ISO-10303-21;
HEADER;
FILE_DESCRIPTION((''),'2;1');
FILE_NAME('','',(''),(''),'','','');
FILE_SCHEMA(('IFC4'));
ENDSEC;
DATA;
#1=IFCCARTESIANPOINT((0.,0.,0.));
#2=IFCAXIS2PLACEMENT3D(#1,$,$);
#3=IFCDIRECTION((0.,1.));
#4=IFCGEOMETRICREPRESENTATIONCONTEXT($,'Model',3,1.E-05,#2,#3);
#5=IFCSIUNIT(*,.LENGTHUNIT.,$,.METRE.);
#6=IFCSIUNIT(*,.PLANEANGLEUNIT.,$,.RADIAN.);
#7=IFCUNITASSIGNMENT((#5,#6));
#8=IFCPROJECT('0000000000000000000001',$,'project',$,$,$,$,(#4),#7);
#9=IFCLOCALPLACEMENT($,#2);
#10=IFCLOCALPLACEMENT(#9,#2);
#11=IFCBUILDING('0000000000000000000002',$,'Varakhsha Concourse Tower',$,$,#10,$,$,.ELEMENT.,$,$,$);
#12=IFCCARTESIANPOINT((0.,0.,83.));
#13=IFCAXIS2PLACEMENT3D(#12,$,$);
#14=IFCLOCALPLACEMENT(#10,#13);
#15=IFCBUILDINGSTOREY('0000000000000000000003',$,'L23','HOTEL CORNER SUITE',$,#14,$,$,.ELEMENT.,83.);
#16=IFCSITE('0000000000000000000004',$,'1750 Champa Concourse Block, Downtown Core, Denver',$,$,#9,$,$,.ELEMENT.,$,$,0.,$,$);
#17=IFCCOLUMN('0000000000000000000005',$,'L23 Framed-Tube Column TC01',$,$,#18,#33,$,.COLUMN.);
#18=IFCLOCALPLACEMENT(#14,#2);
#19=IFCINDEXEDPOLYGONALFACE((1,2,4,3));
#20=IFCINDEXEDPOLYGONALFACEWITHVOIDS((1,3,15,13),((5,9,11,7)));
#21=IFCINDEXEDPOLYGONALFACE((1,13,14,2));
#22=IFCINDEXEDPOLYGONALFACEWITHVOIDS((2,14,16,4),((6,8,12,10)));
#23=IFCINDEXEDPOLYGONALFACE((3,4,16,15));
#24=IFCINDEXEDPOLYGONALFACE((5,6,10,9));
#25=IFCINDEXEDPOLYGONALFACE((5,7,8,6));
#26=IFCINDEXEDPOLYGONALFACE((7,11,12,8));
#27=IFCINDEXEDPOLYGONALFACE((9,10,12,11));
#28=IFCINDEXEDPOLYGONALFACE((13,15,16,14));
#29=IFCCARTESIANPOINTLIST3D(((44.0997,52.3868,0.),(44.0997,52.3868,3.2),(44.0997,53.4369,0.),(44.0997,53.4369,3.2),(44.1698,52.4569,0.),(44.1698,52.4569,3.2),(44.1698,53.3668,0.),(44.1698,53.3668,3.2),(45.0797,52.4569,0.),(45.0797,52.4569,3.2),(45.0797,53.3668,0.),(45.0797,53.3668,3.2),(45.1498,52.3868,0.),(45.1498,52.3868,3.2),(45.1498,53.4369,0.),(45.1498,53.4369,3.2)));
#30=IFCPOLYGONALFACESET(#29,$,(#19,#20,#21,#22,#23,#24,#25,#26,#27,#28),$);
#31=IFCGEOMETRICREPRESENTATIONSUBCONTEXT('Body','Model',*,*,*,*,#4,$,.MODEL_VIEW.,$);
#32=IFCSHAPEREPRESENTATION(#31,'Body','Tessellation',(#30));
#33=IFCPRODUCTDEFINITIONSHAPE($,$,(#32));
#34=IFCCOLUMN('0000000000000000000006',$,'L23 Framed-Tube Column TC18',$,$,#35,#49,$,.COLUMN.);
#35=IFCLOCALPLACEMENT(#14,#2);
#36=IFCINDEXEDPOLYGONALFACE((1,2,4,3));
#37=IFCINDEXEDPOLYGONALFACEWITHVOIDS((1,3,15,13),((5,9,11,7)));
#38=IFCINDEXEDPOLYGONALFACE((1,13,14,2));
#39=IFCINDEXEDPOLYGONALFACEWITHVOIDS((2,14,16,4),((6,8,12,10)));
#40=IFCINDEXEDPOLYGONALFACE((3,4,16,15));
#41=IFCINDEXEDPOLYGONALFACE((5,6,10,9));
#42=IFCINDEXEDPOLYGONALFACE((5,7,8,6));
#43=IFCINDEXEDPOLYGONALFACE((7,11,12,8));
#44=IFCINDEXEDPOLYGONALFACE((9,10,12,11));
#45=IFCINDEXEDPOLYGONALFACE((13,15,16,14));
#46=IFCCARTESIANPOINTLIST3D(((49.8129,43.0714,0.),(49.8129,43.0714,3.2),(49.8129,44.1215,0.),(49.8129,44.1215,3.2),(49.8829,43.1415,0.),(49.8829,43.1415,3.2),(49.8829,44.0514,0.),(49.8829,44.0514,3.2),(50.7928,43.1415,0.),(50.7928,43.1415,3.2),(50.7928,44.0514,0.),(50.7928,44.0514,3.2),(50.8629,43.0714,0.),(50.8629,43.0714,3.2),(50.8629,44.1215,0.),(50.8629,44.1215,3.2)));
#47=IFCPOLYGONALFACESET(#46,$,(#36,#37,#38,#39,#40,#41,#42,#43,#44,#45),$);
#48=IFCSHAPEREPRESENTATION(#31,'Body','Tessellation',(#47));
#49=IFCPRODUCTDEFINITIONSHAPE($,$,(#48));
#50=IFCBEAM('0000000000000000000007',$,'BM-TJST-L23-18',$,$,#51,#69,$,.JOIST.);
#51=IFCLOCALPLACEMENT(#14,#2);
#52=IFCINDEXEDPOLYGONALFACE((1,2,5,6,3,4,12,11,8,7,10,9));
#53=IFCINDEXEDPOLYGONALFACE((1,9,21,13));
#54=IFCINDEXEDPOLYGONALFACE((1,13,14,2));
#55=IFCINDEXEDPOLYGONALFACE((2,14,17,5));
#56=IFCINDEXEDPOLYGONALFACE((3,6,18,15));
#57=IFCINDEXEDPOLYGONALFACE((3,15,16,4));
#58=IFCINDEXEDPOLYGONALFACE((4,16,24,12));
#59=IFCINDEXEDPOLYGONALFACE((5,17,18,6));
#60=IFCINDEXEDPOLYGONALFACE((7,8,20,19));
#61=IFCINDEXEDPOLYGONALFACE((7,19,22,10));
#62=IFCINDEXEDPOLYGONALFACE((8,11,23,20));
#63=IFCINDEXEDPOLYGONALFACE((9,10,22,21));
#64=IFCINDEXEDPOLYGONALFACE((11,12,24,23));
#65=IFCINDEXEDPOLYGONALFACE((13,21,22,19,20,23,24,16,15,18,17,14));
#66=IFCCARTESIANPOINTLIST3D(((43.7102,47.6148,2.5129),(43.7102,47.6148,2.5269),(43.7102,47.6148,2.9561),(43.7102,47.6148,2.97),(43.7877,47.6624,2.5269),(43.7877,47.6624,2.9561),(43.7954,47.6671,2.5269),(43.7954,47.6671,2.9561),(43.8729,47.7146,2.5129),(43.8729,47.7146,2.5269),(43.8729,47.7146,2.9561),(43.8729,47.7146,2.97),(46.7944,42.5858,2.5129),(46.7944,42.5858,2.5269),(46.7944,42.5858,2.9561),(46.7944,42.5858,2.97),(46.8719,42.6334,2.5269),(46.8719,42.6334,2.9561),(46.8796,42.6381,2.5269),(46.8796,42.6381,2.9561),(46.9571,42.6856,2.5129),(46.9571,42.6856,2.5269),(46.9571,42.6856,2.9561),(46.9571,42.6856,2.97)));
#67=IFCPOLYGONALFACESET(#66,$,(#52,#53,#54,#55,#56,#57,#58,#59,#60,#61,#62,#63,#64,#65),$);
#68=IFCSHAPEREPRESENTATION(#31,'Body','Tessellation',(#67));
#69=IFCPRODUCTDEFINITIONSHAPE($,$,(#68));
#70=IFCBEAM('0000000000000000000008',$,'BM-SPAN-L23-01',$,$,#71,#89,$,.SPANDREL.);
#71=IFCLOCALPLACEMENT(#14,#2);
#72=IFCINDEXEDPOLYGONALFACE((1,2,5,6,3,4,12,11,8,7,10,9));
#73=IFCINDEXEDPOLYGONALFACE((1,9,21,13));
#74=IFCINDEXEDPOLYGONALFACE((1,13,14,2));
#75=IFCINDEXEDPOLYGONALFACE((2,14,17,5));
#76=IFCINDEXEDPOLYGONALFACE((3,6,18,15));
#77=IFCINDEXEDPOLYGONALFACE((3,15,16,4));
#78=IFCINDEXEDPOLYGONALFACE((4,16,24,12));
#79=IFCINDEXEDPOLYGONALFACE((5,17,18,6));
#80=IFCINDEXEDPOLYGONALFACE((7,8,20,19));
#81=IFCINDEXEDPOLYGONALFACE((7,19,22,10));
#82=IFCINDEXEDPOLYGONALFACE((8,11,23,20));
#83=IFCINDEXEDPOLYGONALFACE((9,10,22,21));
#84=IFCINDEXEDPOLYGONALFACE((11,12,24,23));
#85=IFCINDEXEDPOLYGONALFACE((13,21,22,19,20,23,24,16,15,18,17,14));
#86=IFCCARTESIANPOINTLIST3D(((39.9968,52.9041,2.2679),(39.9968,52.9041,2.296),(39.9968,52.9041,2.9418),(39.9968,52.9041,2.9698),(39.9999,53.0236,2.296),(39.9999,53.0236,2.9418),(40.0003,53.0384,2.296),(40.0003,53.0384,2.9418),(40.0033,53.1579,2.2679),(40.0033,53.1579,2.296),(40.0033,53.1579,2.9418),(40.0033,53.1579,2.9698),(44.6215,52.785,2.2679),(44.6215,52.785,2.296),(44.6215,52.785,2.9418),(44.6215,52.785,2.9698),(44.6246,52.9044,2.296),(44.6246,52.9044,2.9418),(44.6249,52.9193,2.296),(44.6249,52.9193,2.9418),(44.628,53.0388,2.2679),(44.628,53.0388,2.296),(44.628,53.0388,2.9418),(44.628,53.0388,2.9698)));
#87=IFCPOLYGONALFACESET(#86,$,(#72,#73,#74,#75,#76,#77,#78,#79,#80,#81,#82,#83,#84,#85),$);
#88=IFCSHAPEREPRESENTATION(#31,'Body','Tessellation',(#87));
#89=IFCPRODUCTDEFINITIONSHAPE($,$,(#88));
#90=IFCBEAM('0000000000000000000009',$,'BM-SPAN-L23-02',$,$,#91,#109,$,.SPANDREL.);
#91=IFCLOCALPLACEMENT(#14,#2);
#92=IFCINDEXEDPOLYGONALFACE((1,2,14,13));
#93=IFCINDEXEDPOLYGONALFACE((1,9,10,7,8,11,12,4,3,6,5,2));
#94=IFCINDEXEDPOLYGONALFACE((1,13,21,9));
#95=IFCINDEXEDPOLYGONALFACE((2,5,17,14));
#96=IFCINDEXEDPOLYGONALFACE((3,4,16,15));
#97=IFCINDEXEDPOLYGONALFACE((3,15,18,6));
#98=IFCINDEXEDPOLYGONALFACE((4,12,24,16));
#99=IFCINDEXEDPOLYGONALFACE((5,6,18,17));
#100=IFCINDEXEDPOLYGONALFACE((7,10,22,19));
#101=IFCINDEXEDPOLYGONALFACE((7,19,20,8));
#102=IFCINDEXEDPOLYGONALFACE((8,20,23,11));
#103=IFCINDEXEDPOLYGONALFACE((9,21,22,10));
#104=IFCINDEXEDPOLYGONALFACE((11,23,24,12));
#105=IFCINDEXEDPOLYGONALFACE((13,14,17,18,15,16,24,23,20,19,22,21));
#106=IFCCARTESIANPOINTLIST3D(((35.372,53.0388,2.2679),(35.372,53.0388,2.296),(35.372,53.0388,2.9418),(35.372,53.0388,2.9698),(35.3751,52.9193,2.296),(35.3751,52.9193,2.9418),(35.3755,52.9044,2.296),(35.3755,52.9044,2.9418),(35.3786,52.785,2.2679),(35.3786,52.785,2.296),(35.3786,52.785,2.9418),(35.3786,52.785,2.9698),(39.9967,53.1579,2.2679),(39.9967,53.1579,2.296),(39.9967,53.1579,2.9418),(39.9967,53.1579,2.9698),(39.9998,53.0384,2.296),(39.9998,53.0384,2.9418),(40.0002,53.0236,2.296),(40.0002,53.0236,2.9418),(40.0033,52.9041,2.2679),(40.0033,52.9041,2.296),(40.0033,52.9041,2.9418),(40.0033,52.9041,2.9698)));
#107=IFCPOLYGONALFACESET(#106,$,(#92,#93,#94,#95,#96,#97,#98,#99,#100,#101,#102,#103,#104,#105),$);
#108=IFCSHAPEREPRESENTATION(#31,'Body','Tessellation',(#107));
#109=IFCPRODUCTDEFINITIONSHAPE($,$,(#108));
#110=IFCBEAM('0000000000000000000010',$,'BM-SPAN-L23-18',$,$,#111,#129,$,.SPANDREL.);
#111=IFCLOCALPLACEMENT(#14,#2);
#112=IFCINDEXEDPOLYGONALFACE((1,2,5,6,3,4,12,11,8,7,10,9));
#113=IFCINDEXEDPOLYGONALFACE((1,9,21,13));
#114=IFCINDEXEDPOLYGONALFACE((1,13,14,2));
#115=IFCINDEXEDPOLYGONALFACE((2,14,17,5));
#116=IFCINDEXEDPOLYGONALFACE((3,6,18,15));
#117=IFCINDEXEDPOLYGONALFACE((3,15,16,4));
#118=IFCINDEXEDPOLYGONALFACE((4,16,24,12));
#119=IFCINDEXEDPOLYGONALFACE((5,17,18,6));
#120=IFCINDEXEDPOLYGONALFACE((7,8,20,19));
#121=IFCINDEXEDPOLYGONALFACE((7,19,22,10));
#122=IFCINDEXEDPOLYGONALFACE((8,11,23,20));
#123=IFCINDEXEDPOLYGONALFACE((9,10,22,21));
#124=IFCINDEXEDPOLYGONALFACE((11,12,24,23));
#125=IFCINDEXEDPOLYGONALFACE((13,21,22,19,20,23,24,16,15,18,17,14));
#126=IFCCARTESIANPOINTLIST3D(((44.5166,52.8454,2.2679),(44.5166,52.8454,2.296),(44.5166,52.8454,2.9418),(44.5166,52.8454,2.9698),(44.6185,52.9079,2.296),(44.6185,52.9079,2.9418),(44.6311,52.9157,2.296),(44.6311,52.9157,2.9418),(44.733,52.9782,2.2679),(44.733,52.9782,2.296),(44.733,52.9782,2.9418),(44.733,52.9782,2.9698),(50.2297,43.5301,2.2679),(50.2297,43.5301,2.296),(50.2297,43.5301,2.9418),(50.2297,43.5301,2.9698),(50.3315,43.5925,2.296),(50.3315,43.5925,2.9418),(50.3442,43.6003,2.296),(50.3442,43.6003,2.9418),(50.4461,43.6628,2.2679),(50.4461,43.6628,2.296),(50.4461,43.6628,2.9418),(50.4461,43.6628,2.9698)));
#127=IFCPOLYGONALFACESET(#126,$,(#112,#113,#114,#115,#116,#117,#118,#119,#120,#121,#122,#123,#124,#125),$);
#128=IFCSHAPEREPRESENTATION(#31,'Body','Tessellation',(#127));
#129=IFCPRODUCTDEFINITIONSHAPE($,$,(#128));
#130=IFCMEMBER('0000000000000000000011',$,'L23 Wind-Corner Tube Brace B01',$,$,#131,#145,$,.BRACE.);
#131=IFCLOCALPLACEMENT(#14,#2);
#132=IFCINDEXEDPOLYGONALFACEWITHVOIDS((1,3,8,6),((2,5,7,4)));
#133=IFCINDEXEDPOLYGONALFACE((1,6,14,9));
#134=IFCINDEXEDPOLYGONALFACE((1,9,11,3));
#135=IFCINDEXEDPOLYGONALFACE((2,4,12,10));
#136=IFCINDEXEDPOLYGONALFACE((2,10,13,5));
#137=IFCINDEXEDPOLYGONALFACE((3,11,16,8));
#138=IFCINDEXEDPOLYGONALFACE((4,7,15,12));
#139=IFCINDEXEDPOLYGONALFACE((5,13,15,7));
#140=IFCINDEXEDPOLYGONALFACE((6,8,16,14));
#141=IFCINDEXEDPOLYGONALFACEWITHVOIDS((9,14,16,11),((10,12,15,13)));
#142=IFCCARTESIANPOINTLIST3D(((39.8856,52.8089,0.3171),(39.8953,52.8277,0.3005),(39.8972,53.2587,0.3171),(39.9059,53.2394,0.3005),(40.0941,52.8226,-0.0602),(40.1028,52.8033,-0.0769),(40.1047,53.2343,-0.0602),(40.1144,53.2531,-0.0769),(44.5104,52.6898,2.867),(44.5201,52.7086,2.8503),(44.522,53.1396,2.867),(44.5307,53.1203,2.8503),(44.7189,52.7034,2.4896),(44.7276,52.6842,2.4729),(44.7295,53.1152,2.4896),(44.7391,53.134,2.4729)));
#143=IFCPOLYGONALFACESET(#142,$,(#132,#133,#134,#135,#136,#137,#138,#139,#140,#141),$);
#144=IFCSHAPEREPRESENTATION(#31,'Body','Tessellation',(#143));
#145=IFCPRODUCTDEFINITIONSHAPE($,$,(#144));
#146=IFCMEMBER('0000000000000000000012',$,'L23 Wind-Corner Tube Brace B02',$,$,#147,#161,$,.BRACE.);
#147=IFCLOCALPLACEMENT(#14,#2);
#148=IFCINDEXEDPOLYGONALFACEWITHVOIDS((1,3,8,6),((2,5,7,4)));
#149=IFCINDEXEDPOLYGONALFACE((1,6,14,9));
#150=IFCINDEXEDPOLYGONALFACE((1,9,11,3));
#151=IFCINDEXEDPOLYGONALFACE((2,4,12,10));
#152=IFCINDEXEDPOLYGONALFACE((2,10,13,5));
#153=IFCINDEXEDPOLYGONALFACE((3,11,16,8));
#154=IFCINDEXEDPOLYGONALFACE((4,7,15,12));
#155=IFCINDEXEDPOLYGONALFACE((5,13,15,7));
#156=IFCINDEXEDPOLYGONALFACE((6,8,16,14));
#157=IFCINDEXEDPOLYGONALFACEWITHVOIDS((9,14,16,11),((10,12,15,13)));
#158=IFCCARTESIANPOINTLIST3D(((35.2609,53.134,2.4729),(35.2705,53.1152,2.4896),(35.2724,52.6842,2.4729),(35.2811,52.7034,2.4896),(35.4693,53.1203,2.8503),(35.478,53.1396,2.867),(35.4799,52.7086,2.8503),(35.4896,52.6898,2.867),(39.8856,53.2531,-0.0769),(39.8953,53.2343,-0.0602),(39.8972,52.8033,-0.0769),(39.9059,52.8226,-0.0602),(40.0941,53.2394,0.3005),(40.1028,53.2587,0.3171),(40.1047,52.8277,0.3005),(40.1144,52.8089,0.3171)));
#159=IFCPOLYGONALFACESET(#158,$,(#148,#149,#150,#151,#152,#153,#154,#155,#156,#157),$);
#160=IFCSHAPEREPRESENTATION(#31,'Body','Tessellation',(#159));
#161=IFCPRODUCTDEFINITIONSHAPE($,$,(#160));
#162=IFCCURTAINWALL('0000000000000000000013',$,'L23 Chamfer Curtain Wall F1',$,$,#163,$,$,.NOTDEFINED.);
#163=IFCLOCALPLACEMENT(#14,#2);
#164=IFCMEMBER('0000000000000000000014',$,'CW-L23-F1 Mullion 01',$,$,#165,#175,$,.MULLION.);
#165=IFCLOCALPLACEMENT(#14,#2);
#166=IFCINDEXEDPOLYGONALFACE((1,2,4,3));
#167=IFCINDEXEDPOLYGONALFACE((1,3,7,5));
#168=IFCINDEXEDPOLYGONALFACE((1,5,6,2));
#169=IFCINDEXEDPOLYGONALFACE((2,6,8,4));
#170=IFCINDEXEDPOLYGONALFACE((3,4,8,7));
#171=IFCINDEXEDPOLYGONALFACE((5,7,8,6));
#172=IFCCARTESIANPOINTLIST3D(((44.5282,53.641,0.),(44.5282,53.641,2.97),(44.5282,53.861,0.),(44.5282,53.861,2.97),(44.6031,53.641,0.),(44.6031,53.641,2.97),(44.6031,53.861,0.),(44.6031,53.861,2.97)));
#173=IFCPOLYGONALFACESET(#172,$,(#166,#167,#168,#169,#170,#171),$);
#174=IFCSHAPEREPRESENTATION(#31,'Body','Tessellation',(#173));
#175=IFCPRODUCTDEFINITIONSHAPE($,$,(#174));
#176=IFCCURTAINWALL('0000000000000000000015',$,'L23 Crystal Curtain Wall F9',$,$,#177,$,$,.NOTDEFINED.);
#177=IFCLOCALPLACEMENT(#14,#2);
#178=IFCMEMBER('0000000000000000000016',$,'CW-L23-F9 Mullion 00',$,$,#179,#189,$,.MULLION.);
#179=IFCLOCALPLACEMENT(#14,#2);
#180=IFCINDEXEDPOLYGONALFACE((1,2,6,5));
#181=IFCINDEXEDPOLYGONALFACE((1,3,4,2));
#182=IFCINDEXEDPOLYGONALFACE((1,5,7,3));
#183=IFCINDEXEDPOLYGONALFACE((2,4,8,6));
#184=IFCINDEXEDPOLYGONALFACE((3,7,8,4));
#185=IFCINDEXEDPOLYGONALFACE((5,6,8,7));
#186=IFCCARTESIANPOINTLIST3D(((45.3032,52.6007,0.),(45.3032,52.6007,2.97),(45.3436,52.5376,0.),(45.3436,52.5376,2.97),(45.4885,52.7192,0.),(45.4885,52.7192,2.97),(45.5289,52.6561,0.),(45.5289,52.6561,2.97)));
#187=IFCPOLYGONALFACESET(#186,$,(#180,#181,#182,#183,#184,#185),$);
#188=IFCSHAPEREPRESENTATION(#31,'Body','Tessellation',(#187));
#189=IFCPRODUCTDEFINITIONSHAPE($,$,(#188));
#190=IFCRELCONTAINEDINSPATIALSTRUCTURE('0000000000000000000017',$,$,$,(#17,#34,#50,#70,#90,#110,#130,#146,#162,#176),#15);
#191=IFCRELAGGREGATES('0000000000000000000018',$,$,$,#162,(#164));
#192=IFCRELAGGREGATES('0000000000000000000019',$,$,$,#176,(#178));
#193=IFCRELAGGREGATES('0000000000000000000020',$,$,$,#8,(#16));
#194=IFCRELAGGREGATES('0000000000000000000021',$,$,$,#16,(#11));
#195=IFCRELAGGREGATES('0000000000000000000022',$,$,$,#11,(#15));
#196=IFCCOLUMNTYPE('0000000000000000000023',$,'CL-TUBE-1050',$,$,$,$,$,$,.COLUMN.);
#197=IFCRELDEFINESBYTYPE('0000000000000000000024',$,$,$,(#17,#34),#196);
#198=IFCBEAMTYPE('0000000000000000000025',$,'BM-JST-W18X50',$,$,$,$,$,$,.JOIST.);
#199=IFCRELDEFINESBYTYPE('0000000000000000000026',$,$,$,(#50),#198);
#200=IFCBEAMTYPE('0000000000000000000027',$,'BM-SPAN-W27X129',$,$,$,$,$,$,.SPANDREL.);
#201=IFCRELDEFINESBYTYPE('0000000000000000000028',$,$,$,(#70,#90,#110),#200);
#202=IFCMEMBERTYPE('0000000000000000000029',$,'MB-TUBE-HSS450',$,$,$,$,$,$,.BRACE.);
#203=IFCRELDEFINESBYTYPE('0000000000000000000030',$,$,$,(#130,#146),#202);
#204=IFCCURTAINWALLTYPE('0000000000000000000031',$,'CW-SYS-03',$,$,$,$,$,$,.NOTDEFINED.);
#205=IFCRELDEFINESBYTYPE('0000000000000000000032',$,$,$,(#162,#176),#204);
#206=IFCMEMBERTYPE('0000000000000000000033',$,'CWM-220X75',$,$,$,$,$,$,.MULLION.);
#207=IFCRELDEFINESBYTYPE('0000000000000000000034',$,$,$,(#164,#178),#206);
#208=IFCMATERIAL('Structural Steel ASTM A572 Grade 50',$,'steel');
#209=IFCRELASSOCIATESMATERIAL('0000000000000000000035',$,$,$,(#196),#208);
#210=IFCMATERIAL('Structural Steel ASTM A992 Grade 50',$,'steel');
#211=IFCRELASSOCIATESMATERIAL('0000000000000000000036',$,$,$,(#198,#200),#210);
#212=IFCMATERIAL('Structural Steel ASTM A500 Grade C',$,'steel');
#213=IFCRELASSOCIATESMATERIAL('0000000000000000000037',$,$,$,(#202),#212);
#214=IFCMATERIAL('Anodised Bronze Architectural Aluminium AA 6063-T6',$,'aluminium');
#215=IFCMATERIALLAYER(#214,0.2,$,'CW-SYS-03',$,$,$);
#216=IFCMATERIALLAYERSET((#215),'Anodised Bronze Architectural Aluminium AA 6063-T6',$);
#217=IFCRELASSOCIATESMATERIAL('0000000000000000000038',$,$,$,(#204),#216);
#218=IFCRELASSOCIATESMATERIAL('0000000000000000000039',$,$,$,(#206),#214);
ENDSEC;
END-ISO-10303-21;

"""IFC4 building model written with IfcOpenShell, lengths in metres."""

from ifc_helpers import new_model, si_unit, direction, frame, origin, origin_2d, place, context, subcontext, project, spatial, rectangle, hollow_rectangle, i_section, extrude, source, transform, mapped, material, layer, layer_set, material_profile, profile_set, type_object, type_shapes, element, aggregate, save


model = new_model("IFC4")

# Units and contexts
model_context = context("Model", 3, precision=1e-05, world=origin(), true_north=direction((0.0, 1.0)))
body_context = subcontext(model_context, "Body", "Model", "MODEL_VIEW")
ifc_project = project(units=[si_unit("LENGTHUNIT", "METRE"), si_unit("PLANEANGLEUNIT", "RADIAN")], contexts=[model_context])

# Site, building, storey
site_placement = place(None, origin())
site = spatial("IfcSite", under=ifc_project, at=site_placement, Name="1750 Champa Concourse Block, Downtown Core, Denver", CompositionType="ELEMENT", RefElevation=0.0)
building_placement = place(site_placement, origin())
building = spatial("IfcBuilding", under=site, at=building_placement, Name="Varakhsha Concourse Tower", CompositionType="ELEMENT")
storey_placement = place(building_placement, frame((0.0, 0.0, 83.0)))
storey = spatial("IfcBuildingStorey", under=building, at=storey_placement, Name="L23", Description="HOTEL CORNER SUITE", CompositionType="ELEMENT", Elevation=83.0)

# Columns
ifc_material_1 = material(Name="Structural Steel ASTM A572 Grade 50", Category="steel")
ifc_material_profile_1 = material_profile(ifc_material_1, hollow_rectangle(XDim=1.05, YDim=1.05, WallThickness=0.0701, at=origin_2d()), Name="BOX 1050x1050x70")
ifc_profile_set_1 = profile_set([ifc_material_profile_1], Name="Structural Steel ASTM A572 Grade 50")
column_type = type_object("IfcColumnType", Name="CL-TUBE-1050", PredefinedType="COLUMN", material=ifc_profile_set_1)
for number, where, z_axis, x_axis, name in (
    (1, (44.6248, 52.9119, 0.0), (0.0, 0.0, 1.0), (1.0, 0.0, 0.0), "L23 Framed-Tube Column TC01"),
    (2, (50.3379, 43.5964, 0.0), (0.0, 0.0, 1.0), (1.0, 0.0, 0.0), "L23 Framed-Tube Column TC18"),
):
    element("IfcColumn", number, at=place(storey_placement, frame(where, z_axis=z_axis, x_axis=x_axis)), inside=storey, type_object=column_type, Name=name, PredefinedType="COLUMN", context=body_context, shape_type="SweptSolid", body=[
        extrude(hollow_rectangle(XDim=1.05, YDim=1.05, WallThickness=0.0701, at=origin_2d()), origin(), (0.0, 0.0, 1.0), 3.2),
    ])

# Beams
ifc_material_2 = material(Name="Structural Steel ASTM A992 Grade 50", Category="steel")
ifc_material_profile_2 = material_profile(ifc_material_2, i_section(OverallWidth=0.1909, OverallDepth=0.457, WebThickness=0.009, FlangeThickness=0.0139, at=origin_2d()), Name="W18X50")
ifc_profile_set_2 = profile_set([ifc_material_profile_2], Name="Structural Steel ASTM A992 Grade 50")
beam_type_1 = type_object("IfcBeamType", Name="BM-JST-W18X50", PredefinedType="JOIST", material=ifc_profile_set_2)
beam_1_placement = place(storey_placement, frame((46.8757, 42.6357, 2.7415), z_axis=(-0.522797, 0.852457, 0.0), x_axis=(-0.852457, -0.522797, 0.0)))
element("IfcBeam", 3, at=beam_1_placement, inside=storey, type_object=beam_type_1, Name="BM-TJST-L23-18", PredefinedType="JOIST", context=body_context, shape_type="SweptSolid", body=[
    extrude(i_section(OverallWidth=0.1909, OverallDepth=0.457, WebThickness=0.009, FlangeThickness=0.0139, at=origin_2d()), origin(), (0.0, 0.0, 1.0), 5.8994),
])
ifc_material_profile_3 = material_profile(ifc_material_2, i_section(OverallWidth=0.2539, OverallDepth=0.7019, WebThickness=0.0149, FlangeThickness=0.0281, at=origin_2d()), Name="W27X129")
ifc_profile_set_3 = profile_set([ifc_material_profile_3], Name="Structural Steel ASTM A992 Grade 50")
beam_type_2 = type_object("IfcBeamType", Name="BM-SPAN-W27X129", PredefinedType="SPANDREL", material=ifc_profile_set_3)
for number, where, z_axis, x_axis, name in (
    (4, (44.6248, 52.9119, 2.6189), (-0.999668, 0.025753, 0.0), (-0.025753, -0.999668, 0.0), "BM-SPAN-L23-01"),
    (5, (40.0, 53.031, 2.6189), (-0.999668, -0.025753, 0.0), (0.025753, -0.999668, 0.0), "BM-SPAN-L23-02"),
):
    element("IfcBeam", number, at=place(storey_placement, frame(where, z_axis=z_axis, x_axis=x_axis)), inside=storey, type_object=beam_type_2, Name=name, PredefinedType="SPANDREL", context=body_context, shape_type="SweptSolid", body=[
        extrude(i_section(OverallWidth=0.2539, OverallDepth=0.7019, WebThickness=0.0149, FlangeThickness=0.0281, at=origin_2d()), origin(), (0.0, 0.0, 1.0), 4.6262),
    ])
beam_2_placement = place(storey_placement, frame((50.3379, 43.5964, 2.6189), z_axis=(-0.522807, 0.852451, 0.0), x_axis=(-0.852451, -0.522807, 0.0)))
element("IfcBeam", 6, at=beam_2_placement, inside=storey, type_object=beam_type_2, Name="BM-SPAN-L23-18", PredefinedType="SPANDREL", context=body_context, shape_type="SweptSolid", body=[
    extrude(i_section(OverallWidth=0.2539, OverallDepth=0.7019, WebThickness=0.0149, FlangeThickness=0.0281, at=origin_2d()), origin(), (0.0, 0.0, 1.0), 10.9277),
])

# Members
ifc_material_3 = material(Name="Structural Steel ASTM A500 Grade C", Category="steel")
ifc_material_profile_4 = material_profile(ifc_material_3, hollow_rectangle(XDim=0.45, YDim=0.45, WallThickness=0.019, at=origin_2d()), Name="HSS 450x450x19")
ifc_profile_set_4 = profile_set([ifc_material_profile_4], Name="Structural Steel ASTM A500 Grade C")
member_type_1 = type_object("IfcMemberType", Name="MB-TUBE-HSS450", PredefinedType="BRACE", material=ifc_profile_set_4)
shared_shape_1 = source(origin(), body_context, "Body", "SweptSolid", [
    extrude(hollow_rectangle(XDim=0.45, YDim=0.45, WallThickness=0.019, at=origin_2d()), origin(), (0.0, 0.0, 1.0), 5.2825),
])
type_shapes(member_type_1, [shared_shape_1])
for number, where, z_axis, x_axis, name in (
    (7, (40.0, 53.031, 0.1201), (0.875498, -0.022554, 0.482695), (0.025753, 0.999668, 0.0), "L23 Wind-Corner Tube Brace B01"),
    (8, (40.0, 53.031, 0.1201), (-0.875498, -0.022554, 0.482695), (0.025753, -0.999668, 0.0), "L23 Wind-Corner Tube Brace B02"),
):
    element("IfcMember", number, at=place(storey_placement, frame(where, z_axis=z_axis, x_axis=x_axis)), inside=storey, type_object=member_type_1, Name=name, PredefinedType="BRACE", context=body_context, shape_type="MappedRepresentation", body=[
        mapped(shared_shape_1, transform((0.0, 0.0, 0.0), scale=1.0)),
    ])

# Curtain wall, member
ifc_material_4 = material(Name="Anodised Bronze Architectural Aluminium AA 6063-T6", Category="aluminium")
ifc_layer_1 = layer(ifc_material_4, 0.2, Name="CW-SYS-03")
ifc_layer_set_1 = layer_set([ifc_layer_1], Name="Anodised Bronze Architectural Aluminium AA 6063-T6")
curtain_wall_type = type_object("IfcCurtainWallType", Name="CW-SYS-03", PredefinedType="NOTDEFINED", material=ifc_layer_set_1)
curtain_wall_1_placement = place(storey_placement, origin())
curtain_wall_1 = element("IfcCurtainWall", 9, at=curtain_wall_1_placement, inside=storey, type_object=curtain_wall_type, Name="L23 Chamfer Curtain Wall F1", PredefinedType="NOTDEFINED")
ifc_material_profile_5 = material_profile(ifc_material_4, rectangle(XDim=0.075, YDim=0.22, at=origin_2d()), Name="CWM-220X75")
ifc_profile_set_5 = profile_set([ifc_material_profile_5], Name="Anodised Bronze Architectural Aluminium AA 6063-T6")
member_type_2 = type_object("IfcMemberType", Name="CWM-220X75", PredefinedType="MULLION", material=ifc_profile_set_5)
shared_shape_2 = source(origin(), body_context, "Body", "SweptSolid", [
    extrude(rectangle(XDim=0.075, YDim=0.22, at=origin_2d()), origin(), (0.0, 0.0, 1.0), 2.97),
])
type_shapes(member_type_2, [shared_shape_2])
member_1_placement = place(storey_placement, frame((44.5657, 53.751, 0.0), z_axis=(0.0, 0.0, 1.0), x_axis=(1.0, 0.0, 0.0)))
member_1 = element("IfcMember", 10, at=member_1_placement, type_object=member_type_2, Name="CW-L23-F1 Mullion 01", PredefinedType="MULLION", context=body_context, shape_type="MappedRepresentation", body=[
    mapped(shared_shape_2, transform((0.0, 0.0, 0.0), scale=1.0)),
])

# Curtain wall, member
curtain_wall_2_placement = place(storey_placement, origin())
curtain_wall_2 = element("IfcCurtainWall", 11, at=curtain_wall_2_placement, inside=storey, type_object=curtain_wall_type, Name="L23 Crystal Curtain Wall F9", PredefinedType="NOTDEFINED")
member_2_placement = place(storey_placement, frame((45.416, 52.6284, 0.0), z_axis=(0.0, 0.0, 1.0), x_axis=(0.538787, -0.842442, 0.0)))
member_2 = element("IfcMember", 12, at=member_2_placement, type_object=member_type_2, Name="CW-L23-F9 Mullion 00", PredefinedType="MULLION", context=body_context, shape_type="MappedRepresentation", body=[
    mapped(shared_shape_2, transform((0.0, 0.0, 0.0), scale=1.0)),
])

aggregate(curtain_wall_1, [member_1])
aggregate(curtain_wall_2, [member_2])

save(model, "model.ifc")
